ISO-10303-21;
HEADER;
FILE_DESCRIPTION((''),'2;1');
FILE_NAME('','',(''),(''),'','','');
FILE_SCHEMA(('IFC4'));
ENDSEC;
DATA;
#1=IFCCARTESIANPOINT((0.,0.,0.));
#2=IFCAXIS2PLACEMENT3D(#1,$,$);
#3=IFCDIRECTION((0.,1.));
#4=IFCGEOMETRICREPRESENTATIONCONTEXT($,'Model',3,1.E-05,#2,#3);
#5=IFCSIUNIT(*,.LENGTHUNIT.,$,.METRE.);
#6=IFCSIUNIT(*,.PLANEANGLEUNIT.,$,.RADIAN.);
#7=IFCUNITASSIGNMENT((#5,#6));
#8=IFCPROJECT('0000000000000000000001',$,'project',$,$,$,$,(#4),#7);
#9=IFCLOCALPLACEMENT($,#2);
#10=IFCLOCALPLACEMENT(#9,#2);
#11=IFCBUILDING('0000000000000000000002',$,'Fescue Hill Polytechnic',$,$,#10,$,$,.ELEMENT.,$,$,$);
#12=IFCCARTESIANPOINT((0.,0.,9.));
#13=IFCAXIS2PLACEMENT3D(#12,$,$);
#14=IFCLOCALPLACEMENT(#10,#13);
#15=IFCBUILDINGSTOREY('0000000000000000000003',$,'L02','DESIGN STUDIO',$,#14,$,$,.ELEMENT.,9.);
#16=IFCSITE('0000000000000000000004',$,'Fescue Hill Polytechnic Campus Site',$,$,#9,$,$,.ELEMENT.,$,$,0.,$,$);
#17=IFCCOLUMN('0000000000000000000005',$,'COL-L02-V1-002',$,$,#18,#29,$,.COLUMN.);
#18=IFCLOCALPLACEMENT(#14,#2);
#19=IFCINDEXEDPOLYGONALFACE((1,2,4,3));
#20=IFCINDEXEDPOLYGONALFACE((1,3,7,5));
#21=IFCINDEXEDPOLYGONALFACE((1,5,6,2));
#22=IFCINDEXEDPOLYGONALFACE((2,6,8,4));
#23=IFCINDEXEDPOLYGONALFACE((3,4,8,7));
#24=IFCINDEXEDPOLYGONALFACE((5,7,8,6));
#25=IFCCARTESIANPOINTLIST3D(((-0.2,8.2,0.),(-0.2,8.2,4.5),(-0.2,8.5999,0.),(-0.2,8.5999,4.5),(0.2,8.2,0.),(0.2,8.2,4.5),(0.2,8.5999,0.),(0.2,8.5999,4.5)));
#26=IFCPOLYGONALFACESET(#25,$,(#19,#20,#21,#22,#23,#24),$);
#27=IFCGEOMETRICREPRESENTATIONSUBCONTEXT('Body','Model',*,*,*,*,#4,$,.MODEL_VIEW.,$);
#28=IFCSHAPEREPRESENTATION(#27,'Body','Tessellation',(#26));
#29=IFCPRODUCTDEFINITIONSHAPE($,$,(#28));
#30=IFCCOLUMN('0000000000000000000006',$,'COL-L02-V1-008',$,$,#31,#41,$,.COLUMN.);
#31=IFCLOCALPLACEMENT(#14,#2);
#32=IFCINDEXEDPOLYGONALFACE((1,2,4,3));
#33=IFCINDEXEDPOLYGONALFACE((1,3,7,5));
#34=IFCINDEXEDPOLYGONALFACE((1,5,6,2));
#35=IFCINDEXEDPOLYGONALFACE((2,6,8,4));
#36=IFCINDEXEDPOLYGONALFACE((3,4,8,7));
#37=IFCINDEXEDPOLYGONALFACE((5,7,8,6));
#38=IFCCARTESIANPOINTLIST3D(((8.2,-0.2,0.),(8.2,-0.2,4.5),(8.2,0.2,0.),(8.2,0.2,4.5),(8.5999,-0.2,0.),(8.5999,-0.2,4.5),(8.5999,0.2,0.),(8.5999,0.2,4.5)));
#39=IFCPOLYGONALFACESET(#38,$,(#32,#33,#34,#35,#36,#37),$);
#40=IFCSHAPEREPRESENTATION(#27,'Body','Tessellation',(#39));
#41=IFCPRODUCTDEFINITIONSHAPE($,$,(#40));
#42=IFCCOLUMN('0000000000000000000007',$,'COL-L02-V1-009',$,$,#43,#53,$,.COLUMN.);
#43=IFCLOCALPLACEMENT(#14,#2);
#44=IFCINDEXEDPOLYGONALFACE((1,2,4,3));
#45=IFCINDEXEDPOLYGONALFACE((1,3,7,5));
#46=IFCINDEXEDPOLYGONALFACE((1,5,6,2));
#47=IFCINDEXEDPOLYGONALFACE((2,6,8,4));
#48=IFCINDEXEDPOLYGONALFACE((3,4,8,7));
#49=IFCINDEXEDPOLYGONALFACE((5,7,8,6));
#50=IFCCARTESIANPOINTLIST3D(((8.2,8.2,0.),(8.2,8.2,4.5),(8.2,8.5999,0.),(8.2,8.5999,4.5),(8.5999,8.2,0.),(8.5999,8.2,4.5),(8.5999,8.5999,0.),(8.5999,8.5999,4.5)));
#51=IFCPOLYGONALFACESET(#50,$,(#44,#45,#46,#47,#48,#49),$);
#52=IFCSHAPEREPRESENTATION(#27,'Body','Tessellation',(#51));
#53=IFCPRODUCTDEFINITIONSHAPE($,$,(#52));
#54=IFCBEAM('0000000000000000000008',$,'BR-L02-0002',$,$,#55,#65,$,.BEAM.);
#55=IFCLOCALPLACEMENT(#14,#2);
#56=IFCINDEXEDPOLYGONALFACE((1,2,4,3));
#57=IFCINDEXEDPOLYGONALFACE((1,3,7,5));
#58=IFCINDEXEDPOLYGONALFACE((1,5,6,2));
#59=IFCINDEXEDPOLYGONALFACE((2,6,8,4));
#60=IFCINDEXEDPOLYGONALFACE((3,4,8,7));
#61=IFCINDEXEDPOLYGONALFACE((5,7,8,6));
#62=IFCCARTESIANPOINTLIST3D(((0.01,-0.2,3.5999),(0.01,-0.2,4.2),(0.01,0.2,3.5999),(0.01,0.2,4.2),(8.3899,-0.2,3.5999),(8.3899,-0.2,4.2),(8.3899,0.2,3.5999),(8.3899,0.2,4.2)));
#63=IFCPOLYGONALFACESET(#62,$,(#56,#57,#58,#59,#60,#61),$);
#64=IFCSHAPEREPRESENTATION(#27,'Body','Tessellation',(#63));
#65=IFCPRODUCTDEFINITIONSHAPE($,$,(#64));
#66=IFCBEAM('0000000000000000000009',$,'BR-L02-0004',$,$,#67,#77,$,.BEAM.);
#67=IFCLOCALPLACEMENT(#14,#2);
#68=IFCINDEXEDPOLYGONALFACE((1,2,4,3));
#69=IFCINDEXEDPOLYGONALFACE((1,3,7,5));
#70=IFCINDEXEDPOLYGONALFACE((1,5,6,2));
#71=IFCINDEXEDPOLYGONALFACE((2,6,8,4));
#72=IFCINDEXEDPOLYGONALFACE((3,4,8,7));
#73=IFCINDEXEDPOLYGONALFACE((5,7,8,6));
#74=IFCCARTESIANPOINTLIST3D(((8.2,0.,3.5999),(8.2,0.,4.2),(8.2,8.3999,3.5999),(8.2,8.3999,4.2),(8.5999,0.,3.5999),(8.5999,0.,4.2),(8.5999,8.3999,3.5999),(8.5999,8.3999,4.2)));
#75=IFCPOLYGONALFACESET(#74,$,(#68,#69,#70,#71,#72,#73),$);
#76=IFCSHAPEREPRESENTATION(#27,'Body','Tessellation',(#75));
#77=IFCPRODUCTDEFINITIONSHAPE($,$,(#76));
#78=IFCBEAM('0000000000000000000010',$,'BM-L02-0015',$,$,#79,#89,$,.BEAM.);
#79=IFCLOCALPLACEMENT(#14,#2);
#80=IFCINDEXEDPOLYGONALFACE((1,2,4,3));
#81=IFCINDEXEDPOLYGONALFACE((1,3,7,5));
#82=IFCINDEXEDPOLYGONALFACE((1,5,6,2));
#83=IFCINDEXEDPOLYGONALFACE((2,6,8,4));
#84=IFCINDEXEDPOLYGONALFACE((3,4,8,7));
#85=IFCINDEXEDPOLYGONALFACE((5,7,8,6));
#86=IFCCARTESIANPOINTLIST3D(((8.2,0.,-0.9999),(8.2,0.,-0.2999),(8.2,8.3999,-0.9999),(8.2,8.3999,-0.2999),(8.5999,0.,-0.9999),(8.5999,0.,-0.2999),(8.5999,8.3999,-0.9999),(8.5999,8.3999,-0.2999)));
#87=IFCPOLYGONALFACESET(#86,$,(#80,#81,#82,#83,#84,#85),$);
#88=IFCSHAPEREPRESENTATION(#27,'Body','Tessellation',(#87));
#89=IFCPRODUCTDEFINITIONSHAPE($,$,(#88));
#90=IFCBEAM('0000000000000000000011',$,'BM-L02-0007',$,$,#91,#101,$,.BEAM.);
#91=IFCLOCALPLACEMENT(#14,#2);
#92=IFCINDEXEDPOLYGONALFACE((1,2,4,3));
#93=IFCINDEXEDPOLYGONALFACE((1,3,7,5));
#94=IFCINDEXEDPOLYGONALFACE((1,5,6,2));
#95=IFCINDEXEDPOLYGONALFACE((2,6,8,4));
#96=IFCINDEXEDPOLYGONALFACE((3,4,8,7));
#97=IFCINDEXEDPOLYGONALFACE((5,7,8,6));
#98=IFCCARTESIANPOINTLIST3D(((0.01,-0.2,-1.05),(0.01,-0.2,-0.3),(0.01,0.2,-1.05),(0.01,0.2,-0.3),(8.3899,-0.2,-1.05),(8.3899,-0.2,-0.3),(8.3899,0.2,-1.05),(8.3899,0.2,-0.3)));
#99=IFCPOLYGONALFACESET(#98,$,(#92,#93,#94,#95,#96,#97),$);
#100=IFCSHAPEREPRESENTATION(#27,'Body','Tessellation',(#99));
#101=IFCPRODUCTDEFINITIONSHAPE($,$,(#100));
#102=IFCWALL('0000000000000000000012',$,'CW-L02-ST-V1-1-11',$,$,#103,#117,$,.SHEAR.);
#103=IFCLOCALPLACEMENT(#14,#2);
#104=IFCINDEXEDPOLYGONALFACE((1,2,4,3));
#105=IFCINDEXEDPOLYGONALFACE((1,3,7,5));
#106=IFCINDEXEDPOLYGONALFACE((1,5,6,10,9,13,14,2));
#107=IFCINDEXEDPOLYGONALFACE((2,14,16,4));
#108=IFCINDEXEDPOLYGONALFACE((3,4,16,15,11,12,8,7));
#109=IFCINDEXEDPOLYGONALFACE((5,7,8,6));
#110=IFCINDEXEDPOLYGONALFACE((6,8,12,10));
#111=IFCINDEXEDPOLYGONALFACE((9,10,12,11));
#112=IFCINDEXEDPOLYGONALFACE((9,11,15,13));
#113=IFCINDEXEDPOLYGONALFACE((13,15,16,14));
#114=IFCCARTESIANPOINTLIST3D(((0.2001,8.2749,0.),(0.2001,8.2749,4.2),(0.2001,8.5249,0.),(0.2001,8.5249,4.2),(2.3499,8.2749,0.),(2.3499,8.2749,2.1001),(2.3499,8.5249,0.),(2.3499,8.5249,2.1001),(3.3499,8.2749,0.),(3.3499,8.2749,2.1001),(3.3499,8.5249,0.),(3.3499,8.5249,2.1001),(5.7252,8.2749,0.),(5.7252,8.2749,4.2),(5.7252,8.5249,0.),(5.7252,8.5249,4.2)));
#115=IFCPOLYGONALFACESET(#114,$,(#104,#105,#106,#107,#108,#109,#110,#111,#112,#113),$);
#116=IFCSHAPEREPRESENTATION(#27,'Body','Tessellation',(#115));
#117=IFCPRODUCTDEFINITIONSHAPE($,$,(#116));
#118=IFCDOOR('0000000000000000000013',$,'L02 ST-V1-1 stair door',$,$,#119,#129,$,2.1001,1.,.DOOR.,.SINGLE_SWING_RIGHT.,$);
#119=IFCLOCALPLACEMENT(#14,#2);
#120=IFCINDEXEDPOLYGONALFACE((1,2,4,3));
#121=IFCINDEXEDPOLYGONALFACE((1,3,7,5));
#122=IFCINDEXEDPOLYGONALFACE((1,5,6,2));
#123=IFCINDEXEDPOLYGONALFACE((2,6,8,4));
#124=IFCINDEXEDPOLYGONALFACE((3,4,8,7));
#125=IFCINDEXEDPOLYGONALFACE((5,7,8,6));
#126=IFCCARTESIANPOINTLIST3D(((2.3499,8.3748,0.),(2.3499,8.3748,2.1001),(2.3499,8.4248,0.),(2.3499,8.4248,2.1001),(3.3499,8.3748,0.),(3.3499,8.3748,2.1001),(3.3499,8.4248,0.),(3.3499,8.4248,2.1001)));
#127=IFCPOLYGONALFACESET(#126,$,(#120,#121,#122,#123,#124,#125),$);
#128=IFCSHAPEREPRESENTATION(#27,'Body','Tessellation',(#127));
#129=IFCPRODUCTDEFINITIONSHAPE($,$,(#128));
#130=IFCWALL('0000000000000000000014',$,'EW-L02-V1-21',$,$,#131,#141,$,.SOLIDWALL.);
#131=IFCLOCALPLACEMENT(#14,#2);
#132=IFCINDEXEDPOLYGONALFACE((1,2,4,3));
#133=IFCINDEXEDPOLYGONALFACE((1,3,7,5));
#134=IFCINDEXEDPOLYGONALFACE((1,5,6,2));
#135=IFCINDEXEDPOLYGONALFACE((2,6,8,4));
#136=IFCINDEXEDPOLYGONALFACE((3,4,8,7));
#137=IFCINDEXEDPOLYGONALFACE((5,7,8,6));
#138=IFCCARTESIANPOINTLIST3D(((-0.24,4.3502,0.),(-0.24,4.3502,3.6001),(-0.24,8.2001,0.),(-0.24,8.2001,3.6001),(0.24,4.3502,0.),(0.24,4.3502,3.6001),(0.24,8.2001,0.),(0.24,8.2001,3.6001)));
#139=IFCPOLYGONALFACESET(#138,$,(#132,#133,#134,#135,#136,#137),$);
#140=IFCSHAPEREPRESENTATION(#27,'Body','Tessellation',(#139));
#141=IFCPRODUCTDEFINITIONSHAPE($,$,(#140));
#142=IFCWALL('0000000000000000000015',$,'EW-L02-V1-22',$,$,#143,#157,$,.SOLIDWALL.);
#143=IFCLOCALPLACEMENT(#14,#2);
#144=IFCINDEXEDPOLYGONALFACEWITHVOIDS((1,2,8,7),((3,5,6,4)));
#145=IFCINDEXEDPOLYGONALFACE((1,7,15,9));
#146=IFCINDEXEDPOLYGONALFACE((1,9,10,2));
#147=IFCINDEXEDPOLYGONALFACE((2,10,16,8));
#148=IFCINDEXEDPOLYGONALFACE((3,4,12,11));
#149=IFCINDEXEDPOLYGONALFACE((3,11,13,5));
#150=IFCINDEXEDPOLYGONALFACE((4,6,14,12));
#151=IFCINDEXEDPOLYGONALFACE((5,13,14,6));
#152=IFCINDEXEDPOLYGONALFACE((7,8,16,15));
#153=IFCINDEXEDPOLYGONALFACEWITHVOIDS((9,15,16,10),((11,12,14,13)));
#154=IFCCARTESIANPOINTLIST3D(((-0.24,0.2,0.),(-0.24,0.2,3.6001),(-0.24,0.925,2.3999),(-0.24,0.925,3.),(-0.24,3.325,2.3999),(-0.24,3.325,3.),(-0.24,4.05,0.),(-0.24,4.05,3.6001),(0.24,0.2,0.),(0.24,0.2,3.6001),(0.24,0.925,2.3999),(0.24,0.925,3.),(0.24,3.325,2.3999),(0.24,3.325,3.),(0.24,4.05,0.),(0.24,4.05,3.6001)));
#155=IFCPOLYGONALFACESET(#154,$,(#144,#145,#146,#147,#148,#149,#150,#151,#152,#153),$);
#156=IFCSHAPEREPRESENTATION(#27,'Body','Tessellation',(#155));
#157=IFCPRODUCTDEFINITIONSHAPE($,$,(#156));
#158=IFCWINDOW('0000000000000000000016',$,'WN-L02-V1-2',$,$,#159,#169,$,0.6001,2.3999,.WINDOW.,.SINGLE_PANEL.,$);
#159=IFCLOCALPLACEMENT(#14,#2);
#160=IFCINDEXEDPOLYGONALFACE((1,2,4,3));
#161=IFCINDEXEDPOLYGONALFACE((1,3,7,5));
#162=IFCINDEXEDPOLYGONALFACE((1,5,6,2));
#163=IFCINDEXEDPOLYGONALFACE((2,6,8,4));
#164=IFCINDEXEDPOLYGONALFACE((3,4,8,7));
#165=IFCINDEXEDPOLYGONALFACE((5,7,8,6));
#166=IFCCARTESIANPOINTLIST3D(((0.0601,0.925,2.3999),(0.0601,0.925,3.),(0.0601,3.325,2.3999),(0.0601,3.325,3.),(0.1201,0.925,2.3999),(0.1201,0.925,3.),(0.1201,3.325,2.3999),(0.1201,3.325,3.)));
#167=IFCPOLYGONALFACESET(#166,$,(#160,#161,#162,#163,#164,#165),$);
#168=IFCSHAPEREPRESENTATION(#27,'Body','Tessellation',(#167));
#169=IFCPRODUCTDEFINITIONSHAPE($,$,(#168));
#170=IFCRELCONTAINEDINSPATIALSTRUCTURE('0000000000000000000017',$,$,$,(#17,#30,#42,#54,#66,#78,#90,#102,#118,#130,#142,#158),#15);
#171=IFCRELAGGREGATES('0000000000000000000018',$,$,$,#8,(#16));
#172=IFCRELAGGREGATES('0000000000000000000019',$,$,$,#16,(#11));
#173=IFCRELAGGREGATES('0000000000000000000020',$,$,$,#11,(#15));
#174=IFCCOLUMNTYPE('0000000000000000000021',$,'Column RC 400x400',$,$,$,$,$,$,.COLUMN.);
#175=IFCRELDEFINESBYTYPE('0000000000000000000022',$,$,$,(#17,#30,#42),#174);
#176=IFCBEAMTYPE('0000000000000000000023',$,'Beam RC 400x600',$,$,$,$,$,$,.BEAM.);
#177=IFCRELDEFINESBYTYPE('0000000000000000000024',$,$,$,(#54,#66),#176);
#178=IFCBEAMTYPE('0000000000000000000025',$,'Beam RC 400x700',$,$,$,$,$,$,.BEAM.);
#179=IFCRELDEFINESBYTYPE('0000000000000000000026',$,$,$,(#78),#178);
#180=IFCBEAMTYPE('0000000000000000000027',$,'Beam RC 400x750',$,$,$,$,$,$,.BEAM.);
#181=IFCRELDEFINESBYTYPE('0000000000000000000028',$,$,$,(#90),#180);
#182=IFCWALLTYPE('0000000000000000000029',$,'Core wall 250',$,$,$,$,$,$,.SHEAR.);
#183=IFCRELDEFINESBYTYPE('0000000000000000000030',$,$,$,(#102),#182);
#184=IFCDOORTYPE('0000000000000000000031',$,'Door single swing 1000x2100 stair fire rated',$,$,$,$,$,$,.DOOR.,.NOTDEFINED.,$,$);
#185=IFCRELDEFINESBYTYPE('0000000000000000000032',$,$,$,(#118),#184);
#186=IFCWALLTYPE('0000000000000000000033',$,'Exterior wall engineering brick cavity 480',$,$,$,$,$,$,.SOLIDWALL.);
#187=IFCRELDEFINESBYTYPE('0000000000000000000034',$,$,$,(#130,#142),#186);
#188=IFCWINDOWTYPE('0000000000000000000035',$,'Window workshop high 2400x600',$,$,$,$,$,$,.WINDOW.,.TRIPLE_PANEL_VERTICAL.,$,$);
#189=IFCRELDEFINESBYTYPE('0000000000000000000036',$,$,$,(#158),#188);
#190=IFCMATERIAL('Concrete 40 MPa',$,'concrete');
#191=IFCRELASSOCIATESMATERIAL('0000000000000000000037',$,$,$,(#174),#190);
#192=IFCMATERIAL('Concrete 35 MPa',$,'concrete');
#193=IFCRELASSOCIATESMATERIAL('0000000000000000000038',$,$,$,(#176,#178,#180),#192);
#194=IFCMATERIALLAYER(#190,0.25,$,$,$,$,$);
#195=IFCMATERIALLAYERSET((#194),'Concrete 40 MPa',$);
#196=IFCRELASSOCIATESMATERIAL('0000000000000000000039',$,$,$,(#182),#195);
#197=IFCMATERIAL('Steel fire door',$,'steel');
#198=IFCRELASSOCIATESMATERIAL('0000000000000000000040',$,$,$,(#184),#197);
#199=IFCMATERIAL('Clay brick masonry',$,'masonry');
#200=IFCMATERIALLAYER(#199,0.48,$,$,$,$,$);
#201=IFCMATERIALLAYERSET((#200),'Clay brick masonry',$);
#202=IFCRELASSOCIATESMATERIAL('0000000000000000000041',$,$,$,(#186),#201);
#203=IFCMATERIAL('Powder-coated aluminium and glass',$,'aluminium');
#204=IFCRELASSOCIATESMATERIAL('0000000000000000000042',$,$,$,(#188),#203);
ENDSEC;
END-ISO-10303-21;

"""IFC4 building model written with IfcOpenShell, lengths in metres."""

from ifc_helpers import new_model, si_unit, direction, frame, frame_2d, origin, origin_2d, place, context, subcontext, project, spatial, rectangle, extrude, material, layer, layer_set, material_profile, profile_set, type_object, element, fill, save


model = new_model("IFC4")

# Units and contexts
model_context = context("Model", 3, precision=1e-05, world=origin(), true_north=direction((0.0, 1.0)))
body_context = subcontext(model_context, "Body", "Model", "MODEL_VIEW")
ifc_project = project(units=[si_unit("LENGTHUNIT", "METRE"), si_unit("PLANEANGLEUNIT", "RADIAN")], contexts=[model_context])

# Site, building, storey
site_placement = place(None, origin())
site = spatial("IfcSite", under=ifc_project, at=site_placement, Name="Fescue Hill Polytechnic Campus Site", CompositionType="ELEMENT", RefElevation=0.0)
building_placement = place(site_placement, origin())
building = spatial("IfcBuilding", under=site, at=building_placement, Name="Fescue Hill Polytechnic", CompositionType="ELEMENT")
storey_placement = place(building_placement, frame((0.0, 0.0, 9.0)))
storey = spatial("IfcBuildingStorey", under=building, at=storey_placement, Name="L02", Description="DESIGN STUDIO", CompositionType="ELEMENT", Elevation=9.0)

# Columns
ifc_material_1 = material(Name="Concrete 40 MPa", Category="concrete")
ifc_material_profile_1 = material_profile(ifc_material_1, rectangle(XDim=0.3999, YDim=0.3999, at=origin_2d()), Name="RC 400x400")
ifc_profile_set_1 = profile_set([ifc_material_profile_1], Name="Concrete 40 MPa")
column_type = type_object("IfcColumnType", Name="Column RC 400x400", PredefinedType="COLUMN", material=ifc_profile_set_1)
for number, where, z_axis, x_axis, name in (
    (1, (0.0, 8.3999, 0.0), (0.0, 0.0, 1.0), (1.0, 0.0, 0.0), "COL-L02-V1-002"),
    (2, (8.3999, 0.0, 0.0), (0.0, 0.0, 1.0), (1.0, 0.0, 0.0), "COL-L02-V1-008"),
    (3, (8.3999, 8.3999, 0.0), (0.0, 0.0, 1.0), (1.0, 0.0, 0.0), "COL-L02-V1-009"),
):
    element("IfcColumn", number, at=place(storey_placement, frame(where, z_axis=z_axis, x_axis=x_axis)), inside=storey, type_object=column_type, Name=name, PredefinedType="COLUMN", context=body_context, shape_type="SweptSolid", body=[
        extrude(rectangle(XDim=0.3999, YDim=0.3999, at=origin_2d()), origin(), (0.0, 0.0, 1.0), 4.5),
    ])

# Beams
ifc_material_2 = material(Name="Concrete 35 MPa", Category="concrete")
ifc_material_profile_2 = material_profile(ifc_material_2, rectangle(XDim=0.3999, YDim=0.6001, at=origin_2d()), Name="RC 400x600")
ifc_profile_set_2 = profile_set([ifc_material_profile_2], Name="Concrete 35 MPa")
beam_type_1 = type_object("IfcBeamType", Name="Beam RC 400x600", PredefinedType="BEAM", material=ifc_profile_set_2)
beam_1_placement = place(storey_placement, frame((0.01, 0.0, 3.8999), z_axis=(1.0, 0.0, 0.0), x_axis=(0.0, 1.0, 0.0)))
element("IfcBeam", 4, at=beam_1_placement, inside=storey, type_object=beam_type_1, Name="BR-L02-0002", PredefinedType="BEAM", context=body_context, shape_type="SweptSolid", body=[
    extrude(rectangle(XDim=0.3999, YDim=0.6001, at=origin_2d()), origin(), (0.0, 0.0, 1.0), 8.3799),
])
beam_2_placement = place(storey_placement, frame((8.3999, 0.0, 3.8999), z_axis=(0.0, 1.0, 0.0), x_axis=(-1.0, 0.0, 0.0)))
element("IfcBeam", 5, at=beam_2_placement, inside=storey, type_object=beam_type_1, Name="BR-L02-0004", PredefinedType="BEAM", context=body_context, shape_type="SweptSolid", body=[
    extrude(rectangle(XDim=0.3999, YDim=0.6001, at=origin_2d()), origin(), (0.0, 0.0, 1.0), 8.3999),
])
ifc_material_profile_3 = material_profile(ifc_material_2, rectangle(XDim=0.3999, YDim=0.7, at=origin_2d()), Name="RC 400x700")
ifc_profile_set_3 = profile_set([ifc_material_profile_3], Name="Concrete 35 MPa")
beam_type_2 = type_object("IfcBeamType", Name="Beam RC 400x700", PredefinedType="BEAM", material=ifc_profile_set_3)
beam_3_placement = place(storey_placement, frame((8.3999, 0.0, -0.6499), z_axis=(0.0, 1.0, 0.0), x_axis=(-1.0, 0.0, 0.0)))
element("IfcBeam", 6, at=beam_3_placement, inside=storey, type_object=beam_type_2, Name="BM-L02-0015", PredefinedType="BEAM", context=body_context, shape_type="SweptSolid", body=[
    extrude(rectangle(XDim=0.3999, YDim=0.7, at=origin_2d()), origin(), (0.0, 0.0, 1.0), 8.3999),
])
ifc_material_profile_4 = material_profile(ifc_material_2, rectangle(XDim=0.3999, YDim=0.75, at=origin_2d()), Name="RC 400x750")
ifc_profile_set_4 = profile_set([ifc_material_profile_4], Name="Concrete 35 MPa")
beam_type_3 = type_object("IfcBeamType", Name="Beam RC 400x750", PredefinedType="BEAM", material=ifc_profile_set_4)
beam_4_placement = place(storey_placement, frame((0.01, 0.0, -0.675), z_axis=(1.0, 0.0, 0.0), x_axis=(0.0, 1.0, 0.0)))
element("IfcBeam", 7, at=beam_4_placement, inside=storey, type_object=beam_type_3, Name="BM-L02-0007", PredefinedType="BEAM", context=body_context, shape_type="SweptSolid", body=[
    extrude(rectangle(XDim=0.3999, YDim=0.75, at=origin_2d()), origin(), (0.0, 0.0, 1.0), 8.3799),
])

# Wall, opening, door
ifc_layer_1 = layer(ifc_material_1, 0.25)
ifc_layer_set_1 = layer_set([ifc_layer_1], Name="Concrete 40 MPa")
wall_type_1 = type_object("IfcWallType", Name="Core wall 250", PredefinedType="SHEAR", material=ifc_layer_set_1)
wall_1_placement = place(storey_placement, frame((0.2, 8.3999, 0.0), z_axis=(0.0, 0.0, 1.0), x_axis=(1.0, 0.0, 0.0)))
wall_1 = element("IfcWall", 8, at=wall_1_placement, inside=storey, type_object=wall_type_1, Name="CW-L02-ST-V1-1-11", PredefinedType="SHEAR", context=body_context, shape_type="SweptSolid", body=[
    extrude(rectangle(XDim=5.5251, YDim=0.25, at=frame_2d((2.7627, 0.0))), origin(), (0.0, 0.0, 1.0), 4.2),
])
opening_1_placement = place(wall_1_placement, frame((2.1499, 0.0, 0.0)))
opening_1 = element("IfcOpeningElement", 9, at=opening_1_placement, cuts=wall_1, PredefinedType="OPENING", context=body_context, shape_type="SweptSolid", body=[
    extrude(rectangle(XDim=1.0, YDim=2.1001, at=frame_2d((0.5, 1.05))), frame((0.0, 0.135, 0.0), z_axis=(0.0, -1.0, 0.0), x_axis=(1.0, 0.0, 0.0)), (0.0, 0.0, 1.0), 0.27),
])
ifc_material_3 = material(Name="Steel fire door", Category="steel")
door_type_1 = type_object("IfcDoorType", Name="Door single swing 1000x2100 stair fire rated", OperationType="NOTDEFINED", PredefinedType="DOOR", material=ifc_material_3)
door_1_placement = place(opening_1_placement, origin())
door_1 = element("IfcDoor", 10, at=door_1_placement, inside=storey, type_object=door_type_1, Name="L02 ST-V1-1 stair door", OperationType="SINGLE_SWING_RIGHT", OverallHeight=2.1001, OverallWidth=1.0, PredefinedType="DOOR", context=body_context, shape_type="SweptSolid", body=[
    extrude(rectangle(XDim=1.0, YDim=2.1001, at=frame_2d((0.5, 1.05))), frame((0.0, 0.0249, 0.0), z_axis=(0.0, -1.0, 0.0), x_axis=(1.0, 0.0, 0.0)), (0.0, 0.0, 1.0), 0.05),
])
fill(opening_1, door_1)

# Wall
ifc_material_4 = material(Name="Clay brick masonry", Category="masonry")
ifc_layer_2 = layer(ifc_material_4, 0.48)
ifc_layer_set_2 = layer_set([ifc_layer_2], Name="Clay brick masonry")
wall_type_2 = type_object("IfcWallType", Name="Exterior wall engineering brick cavity 480", PredefinedType="SOLIDWALL", material=ifc_layer_set_2)
wall_2_placement = place(storey_placement, frame((0.0, 8.2, 0.0), z_axis=(0.0, 0.0, 1.0), x_axis=(0.0, -1.0, 0.0)))
element("IfcWall", 11, at=wall_2_placement, inside=storey, type_object=wall_type_2, Name="EW-L02-V1-21", PredefinedType="SOLIDWALL", context=body_context, shape_type="SweptSolid", body=[
    extrude(rectangle(XDim=3.8499, YDim=0.48, at=frame_2d((1.9248, 0.0))), origin(), (0.0, 0.0, 1.0), 3.6001),
])

# Wall, opening, window
wall_3_placement = place(storey_placement, frame((0.0, 4.05, 0.0), z_axis=(0.0, 0.0, 1.0), x_axis=(0.0, -1.0, 0.0)))
wall_3 = element("IfcWall", 12, at=wall_3_placement, inside=storey, type_object=wall_type_2, Name="EW-L02-V1-22", PredefinedType="SOLIDWALL", context=body_context, shape_type="SweptSolid", body=[
    extrude(rectangle(XDim=3.8501, YDim=0.48, at=frame_2d((1.925, 0.0))), origin(), (0.0, 0.0, 1.0), 3.6001),
])
opening_2_placement = place(wall_3_placement, frame((0.7251, 0.0, 2.3999)))
opening_2 = element("IfcOpeningElement", 13, at=opening_2_placement, cuts=wall_3, PredefinedType="OPENING", context=body_context, shape_type="SweptSolid", body=[
    extrude(rectangle(XDim=2.3999, YDim=0.6001, at=frame_2d((1.2, 0.3))), frame((0.0, 0.25, 0.0), z_axis=(0.0, -1.0, 0.0), x_axis=(1.0, 0.0, 0.0)), (0.0, 0.0, 1.0), 0.5),
])
ifc_material_5 = material(Name="Powder-coated aluminium and glass", Category="aluminium")
window_type = type_object("IfcWindowType", Name="Window workshop high 2400x600", PartitioningType="TRIPLE_PANEL_VERTICAL", PredefinedType="WINDOW", material=ifc_material_5)
window_1_placement = place(opening_2_placement, origin())
window_1 = element("IfcWindow", 14, at=window_1_placement, inside=storey, type_object=window_type, Name="WN-L02-V1-2", OverallHeight=0.6001, OverallWidth=2.3999, PartitioningType="SINGLE_PANEL", PredefinedType="WINDOW", context=body_context, shape_type="SweptSolid", body=[
    extrude(rectangle(XDim=2.3999, YDim=0.6001, at=frame_2d((1.2, 0.3))), frame((0.0, 0.1201, 0.0), z_axis=(0.0, -1.0, 0.0), x_axis=(1.0, 0.0, 0.0)), (0.0, 0.0, 1.0), 0.0601),
])
fill(opening_2, window_1)

save(model, "model.ifc")
